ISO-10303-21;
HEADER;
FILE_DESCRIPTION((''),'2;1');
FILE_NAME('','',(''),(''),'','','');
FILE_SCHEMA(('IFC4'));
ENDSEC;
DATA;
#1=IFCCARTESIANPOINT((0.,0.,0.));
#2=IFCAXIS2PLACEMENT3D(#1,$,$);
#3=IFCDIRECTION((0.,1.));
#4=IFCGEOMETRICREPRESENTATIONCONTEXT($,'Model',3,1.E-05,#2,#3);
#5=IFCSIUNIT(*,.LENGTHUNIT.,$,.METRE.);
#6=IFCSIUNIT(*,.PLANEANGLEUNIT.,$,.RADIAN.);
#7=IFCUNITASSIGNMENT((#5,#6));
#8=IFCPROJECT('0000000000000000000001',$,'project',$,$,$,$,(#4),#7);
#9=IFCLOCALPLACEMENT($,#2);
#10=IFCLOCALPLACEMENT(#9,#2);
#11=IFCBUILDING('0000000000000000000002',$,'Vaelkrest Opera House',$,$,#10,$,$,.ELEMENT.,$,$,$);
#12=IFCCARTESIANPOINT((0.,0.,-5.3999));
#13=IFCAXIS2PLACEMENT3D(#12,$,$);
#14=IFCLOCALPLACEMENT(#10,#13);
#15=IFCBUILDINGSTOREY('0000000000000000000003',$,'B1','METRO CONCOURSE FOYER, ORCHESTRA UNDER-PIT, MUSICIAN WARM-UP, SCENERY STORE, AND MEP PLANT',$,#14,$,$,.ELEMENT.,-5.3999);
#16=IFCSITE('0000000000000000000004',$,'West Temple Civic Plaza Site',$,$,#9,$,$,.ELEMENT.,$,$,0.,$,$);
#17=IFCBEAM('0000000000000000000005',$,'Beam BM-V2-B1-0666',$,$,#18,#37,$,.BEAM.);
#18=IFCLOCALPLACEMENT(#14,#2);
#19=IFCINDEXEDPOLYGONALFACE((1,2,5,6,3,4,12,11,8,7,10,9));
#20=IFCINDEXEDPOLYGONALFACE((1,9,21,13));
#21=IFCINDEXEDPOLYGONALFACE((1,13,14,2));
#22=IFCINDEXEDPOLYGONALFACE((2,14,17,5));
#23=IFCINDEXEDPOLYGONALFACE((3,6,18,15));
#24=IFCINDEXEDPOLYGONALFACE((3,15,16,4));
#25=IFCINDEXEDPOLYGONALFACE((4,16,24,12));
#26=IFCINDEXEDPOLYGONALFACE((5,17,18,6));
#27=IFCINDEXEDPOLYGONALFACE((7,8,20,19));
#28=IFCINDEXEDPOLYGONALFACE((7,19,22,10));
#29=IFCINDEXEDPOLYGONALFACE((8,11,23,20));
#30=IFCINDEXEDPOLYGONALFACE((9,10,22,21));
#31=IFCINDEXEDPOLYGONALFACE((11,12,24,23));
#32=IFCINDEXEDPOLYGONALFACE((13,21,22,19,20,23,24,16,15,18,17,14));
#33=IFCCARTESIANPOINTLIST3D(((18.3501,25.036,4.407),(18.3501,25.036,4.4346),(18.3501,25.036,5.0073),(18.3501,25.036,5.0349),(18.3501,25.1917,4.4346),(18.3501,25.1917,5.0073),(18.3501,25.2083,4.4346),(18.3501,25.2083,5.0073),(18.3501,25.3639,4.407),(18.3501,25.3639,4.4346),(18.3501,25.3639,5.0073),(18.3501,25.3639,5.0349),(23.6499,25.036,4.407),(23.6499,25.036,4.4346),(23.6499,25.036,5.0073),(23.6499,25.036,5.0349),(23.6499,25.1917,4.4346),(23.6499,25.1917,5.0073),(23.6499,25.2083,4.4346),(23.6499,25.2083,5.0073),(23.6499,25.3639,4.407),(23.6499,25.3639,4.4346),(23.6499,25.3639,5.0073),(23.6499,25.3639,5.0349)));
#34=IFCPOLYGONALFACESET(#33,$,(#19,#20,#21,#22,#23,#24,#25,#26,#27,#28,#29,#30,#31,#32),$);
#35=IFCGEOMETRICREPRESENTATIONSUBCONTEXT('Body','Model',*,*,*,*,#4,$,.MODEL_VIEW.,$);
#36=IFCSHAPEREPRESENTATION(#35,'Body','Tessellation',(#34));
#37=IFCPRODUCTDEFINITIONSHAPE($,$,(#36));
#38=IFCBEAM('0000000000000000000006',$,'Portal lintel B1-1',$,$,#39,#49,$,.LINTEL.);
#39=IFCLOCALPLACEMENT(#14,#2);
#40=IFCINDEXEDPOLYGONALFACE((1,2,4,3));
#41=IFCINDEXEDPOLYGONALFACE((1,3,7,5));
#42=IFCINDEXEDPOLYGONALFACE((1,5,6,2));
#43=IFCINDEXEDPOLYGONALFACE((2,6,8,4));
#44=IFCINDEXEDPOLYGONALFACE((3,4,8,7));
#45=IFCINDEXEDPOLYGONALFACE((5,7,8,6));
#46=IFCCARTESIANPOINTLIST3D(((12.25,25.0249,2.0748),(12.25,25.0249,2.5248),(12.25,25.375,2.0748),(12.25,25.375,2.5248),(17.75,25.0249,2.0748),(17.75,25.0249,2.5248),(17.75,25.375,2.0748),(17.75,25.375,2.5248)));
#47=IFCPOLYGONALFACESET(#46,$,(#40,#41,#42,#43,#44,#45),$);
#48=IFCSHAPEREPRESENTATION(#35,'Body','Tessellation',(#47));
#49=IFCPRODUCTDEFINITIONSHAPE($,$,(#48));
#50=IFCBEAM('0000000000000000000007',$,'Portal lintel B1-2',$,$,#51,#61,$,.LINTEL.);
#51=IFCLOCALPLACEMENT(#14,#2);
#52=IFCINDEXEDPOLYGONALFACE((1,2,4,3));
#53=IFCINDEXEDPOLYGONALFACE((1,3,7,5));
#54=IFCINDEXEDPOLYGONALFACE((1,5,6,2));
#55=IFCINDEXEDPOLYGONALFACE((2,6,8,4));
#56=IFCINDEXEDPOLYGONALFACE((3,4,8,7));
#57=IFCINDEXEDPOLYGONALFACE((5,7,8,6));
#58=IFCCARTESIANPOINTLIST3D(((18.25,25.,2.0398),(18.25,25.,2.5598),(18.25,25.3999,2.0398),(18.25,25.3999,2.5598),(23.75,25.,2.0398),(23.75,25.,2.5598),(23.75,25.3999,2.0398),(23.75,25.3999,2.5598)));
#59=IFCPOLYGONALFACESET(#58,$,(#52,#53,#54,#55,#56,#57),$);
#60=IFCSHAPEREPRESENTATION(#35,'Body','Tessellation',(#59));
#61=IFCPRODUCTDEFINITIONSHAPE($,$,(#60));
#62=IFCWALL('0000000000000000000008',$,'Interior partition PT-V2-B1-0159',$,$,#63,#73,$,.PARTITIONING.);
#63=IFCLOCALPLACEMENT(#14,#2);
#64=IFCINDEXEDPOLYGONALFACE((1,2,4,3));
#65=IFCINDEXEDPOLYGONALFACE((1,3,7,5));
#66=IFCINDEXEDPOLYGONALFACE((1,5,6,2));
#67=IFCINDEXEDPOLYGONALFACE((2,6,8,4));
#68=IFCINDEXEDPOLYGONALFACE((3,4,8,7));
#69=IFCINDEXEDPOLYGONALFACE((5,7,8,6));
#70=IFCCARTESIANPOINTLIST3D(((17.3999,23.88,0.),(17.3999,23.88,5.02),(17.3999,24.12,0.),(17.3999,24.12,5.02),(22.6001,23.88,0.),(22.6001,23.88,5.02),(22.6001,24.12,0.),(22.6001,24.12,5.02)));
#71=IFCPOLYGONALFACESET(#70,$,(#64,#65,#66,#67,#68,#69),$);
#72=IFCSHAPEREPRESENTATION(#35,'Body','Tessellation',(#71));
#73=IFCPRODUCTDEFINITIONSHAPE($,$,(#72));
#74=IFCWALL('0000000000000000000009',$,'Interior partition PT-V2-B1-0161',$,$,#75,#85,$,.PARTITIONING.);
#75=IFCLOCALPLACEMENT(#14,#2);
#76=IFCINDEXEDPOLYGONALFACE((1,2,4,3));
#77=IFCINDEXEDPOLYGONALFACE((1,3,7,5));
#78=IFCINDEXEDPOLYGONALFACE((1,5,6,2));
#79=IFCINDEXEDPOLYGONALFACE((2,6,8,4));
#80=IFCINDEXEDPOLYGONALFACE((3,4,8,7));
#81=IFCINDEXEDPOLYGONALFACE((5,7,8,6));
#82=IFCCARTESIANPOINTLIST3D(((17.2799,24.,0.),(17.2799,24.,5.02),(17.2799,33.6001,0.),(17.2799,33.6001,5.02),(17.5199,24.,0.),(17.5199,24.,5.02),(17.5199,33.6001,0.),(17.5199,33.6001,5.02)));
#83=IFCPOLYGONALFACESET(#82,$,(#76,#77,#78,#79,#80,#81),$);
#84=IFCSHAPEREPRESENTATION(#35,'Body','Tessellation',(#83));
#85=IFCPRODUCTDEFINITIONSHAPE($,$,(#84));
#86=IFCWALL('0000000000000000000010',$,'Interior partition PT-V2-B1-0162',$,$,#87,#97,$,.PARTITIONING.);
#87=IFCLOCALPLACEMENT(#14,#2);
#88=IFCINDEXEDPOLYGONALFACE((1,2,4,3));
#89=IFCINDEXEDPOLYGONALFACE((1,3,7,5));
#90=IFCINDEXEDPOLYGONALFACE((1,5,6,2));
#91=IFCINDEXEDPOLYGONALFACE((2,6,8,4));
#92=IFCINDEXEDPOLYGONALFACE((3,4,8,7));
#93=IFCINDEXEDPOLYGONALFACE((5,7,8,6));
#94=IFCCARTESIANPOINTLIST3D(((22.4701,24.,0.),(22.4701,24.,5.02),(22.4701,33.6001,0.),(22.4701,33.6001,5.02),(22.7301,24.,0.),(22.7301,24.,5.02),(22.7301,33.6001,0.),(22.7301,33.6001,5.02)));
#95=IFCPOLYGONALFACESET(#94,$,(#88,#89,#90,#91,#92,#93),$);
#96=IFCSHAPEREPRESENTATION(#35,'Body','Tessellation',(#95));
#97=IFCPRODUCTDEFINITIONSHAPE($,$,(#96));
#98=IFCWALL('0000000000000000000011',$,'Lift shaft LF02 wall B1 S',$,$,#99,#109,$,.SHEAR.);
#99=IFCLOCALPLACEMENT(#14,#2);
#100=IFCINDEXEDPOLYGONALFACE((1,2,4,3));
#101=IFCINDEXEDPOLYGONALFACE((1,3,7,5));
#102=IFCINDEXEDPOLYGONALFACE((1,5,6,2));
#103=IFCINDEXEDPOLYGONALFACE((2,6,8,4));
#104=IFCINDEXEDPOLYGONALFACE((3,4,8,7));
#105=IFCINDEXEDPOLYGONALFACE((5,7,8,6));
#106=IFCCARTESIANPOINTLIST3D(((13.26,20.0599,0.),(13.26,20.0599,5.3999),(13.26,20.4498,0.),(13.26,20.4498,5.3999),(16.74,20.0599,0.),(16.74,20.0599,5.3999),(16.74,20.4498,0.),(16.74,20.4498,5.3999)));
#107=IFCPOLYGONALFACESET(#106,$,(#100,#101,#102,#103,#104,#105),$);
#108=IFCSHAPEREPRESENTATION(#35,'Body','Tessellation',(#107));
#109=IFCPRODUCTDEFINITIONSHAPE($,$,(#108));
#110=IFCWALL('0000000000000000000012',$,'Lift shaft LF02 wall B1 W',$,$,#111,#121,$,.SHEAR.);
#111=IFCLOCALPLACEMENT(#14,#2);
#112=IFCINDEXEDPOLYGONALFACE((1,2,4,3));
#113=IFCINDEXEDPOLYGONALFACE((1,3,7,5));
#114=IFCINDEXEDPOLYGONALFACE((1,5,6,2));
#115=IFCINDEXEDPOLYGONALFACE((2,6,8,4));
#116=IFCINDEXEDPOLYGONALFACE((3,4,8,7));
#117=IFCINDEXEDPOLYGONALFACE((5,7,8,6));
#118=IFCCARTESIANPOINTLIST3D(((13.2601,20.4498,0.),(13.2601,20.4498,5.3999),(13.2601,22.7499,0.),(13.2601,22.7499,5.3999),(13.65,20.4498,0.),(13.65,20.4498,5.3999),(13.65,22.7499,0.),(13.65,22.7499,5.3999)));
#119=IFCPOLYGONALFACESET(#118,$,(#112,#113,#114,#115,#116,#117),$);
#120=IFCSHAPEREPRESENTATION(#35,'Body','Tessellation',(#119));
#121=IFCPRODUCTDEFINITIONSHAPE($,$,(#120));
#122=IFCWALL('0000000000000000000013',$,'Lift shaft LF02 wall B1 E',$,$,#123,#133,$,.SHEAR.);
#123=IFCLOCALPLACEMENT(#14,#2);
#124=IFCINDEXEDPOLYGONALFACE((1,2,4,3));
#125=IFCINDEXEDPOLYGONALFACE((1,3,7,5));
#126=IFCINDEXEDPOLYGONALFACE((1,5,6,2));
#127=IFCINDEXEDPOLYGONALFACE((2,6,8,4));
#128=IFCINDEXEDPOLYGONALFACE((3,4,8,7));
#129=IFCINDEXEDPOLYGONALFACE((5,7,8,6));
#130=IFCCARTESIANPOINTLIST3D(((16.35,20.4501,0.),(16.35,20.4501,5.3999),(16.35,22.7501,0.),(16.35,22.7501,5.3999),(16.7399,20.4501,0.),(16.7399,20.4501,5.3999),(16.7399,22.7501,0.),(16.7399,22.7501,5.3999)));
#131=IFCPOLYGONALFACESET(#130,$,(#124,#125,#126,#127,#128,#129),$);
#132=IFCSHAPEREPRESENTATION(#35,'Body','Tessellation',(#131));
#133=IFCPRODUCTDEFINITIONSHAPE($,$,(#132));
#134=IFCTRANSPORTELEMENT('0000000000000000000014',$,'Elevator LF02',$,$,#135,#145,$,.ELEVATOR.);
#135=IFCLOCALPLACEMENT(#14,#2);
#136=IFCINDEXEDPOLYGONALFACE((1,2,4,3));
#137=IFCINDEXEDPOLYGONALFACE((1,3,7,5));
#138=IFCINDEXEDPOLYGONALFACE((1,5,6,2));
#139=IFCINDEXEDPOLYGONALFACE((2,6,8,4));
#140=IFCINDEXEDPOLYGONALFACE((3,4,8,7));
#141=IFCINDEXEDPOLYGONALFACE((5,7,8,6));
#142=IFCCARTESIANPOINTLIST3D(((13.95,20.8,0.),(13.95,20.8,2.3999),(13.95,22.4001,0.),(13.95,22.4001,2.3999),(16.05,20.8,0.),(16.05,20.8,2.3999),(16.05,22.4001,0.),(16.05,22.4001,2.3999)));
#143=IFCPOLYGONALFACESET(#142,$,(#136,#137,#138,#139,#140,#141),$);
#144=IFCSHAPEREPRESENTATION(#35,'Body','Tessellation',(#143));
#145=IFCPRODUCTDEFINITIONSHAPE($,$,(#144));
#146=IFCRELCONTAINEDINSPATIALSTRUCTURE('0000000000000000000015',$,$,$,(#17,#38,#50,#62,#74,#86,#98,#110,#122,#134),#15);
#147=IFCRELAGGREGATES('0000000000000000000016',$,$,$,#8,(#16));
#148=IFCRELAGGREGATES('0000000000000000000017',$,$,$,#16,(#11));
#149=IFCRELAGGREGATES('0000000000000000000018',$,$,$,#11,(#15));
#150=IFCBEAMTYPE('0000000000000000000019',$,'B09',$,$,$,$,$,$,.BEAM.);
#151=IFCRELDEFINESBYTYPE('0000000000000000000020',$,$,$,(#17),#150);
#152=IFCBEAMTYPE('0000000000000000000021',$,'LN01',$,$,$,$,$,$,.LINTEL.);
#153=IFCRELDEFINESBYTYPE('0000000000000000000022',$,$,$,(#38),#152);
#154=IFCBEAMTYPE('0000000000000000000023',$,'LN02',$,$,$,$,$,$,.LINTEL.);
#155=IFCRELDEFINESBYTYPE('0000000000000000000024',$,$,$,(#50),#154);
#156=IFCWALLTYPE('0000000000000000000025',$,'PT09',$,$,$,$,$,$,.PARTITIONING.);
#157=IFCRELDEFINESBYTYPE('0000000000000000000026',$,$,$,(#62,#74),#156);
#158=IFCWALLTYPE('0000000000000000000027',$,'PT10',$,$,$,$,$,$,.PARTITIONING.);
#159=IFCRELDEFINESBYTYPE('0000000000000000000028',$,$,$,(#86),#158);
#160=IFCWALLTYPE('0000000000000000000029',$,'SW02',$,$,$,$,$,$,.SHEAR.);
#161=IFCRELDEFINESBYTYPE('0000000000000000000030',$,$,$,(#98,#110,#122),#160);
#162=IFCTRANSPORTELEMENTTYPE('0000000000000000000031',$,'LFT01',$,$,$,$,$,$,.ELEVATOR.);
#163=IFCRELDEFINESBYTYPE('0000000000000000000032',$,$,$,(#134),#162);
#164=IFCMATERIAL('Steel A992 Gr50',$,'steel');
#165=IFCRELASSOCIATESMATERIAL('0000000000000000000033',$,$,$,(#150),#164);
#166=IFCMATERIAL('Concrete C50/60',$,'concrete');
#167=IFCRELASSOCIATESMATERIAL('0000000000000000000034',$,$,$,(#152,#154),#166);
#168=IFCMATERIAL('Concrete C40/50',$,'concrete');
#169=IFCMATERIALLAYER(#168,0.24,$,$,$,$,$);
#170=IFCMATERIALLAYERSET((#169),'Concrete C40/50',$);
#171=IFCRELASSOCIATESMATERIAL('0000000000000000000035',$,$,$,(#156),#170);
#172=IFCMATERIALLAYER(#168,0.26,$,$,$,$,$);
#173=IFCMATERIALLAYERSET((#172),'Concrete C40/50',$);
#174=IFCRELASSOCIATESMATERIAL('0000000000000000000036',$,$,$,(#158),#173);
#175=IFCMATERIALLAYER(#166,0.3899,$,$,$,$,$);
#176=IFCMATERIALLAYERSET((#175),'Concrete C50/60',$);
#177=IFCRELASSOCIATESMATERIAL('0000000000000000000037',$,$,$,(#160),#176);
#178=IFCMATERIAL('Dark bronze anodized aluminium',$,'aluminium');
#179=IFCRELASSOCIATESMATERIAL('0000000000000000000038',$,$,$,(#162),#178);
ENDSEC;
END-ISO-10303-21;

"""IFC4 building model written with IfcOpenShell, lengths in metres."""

from ifc_helpers import new_model, si_unit, direction, frame, frame_2d, origin, origin_2d, place, context, subcontext, project, spatial, rectangle, i_section, extrude, material, layer, layer_set, material_profile, profile_set, type_object, element, save


model = new_model("IFC4")

# Units and contexts
model_context = context("Model", 3, precision=1e-05, world=origin(), true_north=direction((0.0, 1.0)))
body_context = subcontext(model_context, "Body", "Model", "MODEL_VIEW")
ifc_project = project(units=[si_unit("LENGTHUNIT", "METRE"), si_unit("PLANEANGLEUNIT", "RADIAN")], contexts=[model_context])

# Site, building, storey
site_placement = place(None, origin())
site = spatial("IfcSite", under=ifc_project, at=site_placement, Name="West Temple Civic Plaza Site", CompositionType="ELEMENT", RefElevation=0.0)
building_placement = place(site_placement, origin())
building = spatial("IfcBuilding", under=site, at=building_placement, Name="Vaelkrest Opera House", CompositionType="ELEMENT")
storey_placement = place(building_placement, frame((0.0, 0.0, -5.3999)))
storey = spatial("IfcBuildingStorey", under=building, at=storey_placement, Name="B1", Description="METRO CONCOURSE FOYER, ORCHESTRA UNDER-PIT, MUSICIAN WARM-UP, SCENERY STORE, AND MEP PLANT", CompositionType="ELEMENT", Elevation=-5.3999)

# Shared definitions
ifc_material_1 = material(Name="Concrete C40/50", Category="concrete")

# Shared definitions
ifc_material_2 = material(Name="Concrete C50/60", Category="concrete")

# Beams
ifc_material_3 = material(Name="Steel A992 Gr50", Category="steel")
ifc_material_profile_1 = material_profile(ifc_material_3, i_section(OverallWidth=0.3279, OverallDepth=0.6279, WebThickness=0.0166, FlangeThickness=0.0276, at=origin_2d()), Name="W24X146")
ifc_profile_set_1 = profile_set([ifc_material_profile_1], Name="Steel A992 Gr50")
beam_type_1 = type_object("IfcBeamType", Name="B09", PredefinedType="BEAM", material=ifc_profile_set_1)
beam_1_placement = place(storey_placement, frame((18.3501, 25.2, 4.7209), z_axis=(1.0, 0.0, 0.0), x_axis=(0.0, 1.0, 0.0)))
element("IfcBeam", 1, at=beam_1_placement, inside=storey, type_object=beam_type_1, Name="Beam BM-V2-B1-0666", PredefinedType="BEAM", context=body_context, shape_type="SweptSolid", body=[
    extrude(i_section(OverallWidth=0.3279, OverallDepth=0.6279, WebThickness=0.0166, FlangeThickness=0.0276, at=origin_2d()), origin(), (0.0, 0.0, 1.0), 5.2998),
])
ifc_material_profile_2 = material_profile(ifc_material_2, rectangle(XDim=0.3501, YDim=0.45, at=origin_2d()), Name="RCB350X450")
ifc_profile_set_2 = profile_set([ifc_material_profile_2], Name="Concrete C50/60")
beam_type_2 = type_object("IfcBeamType", Name="LN01", PredefinedType="LINTEL", material=ifc_profile_set_2)
beam_2_placement = place(storey_placement, frame((12.25, 25.2, 2.2998), z_axis=(1.0, 0.0, 0.0), x_axis=(0.0, 1.0, 0.0)))
element("IfcBeam", 2, at=beam_2_placement, inside=storey, type_object=beam_type_2, Name="Portal lintel B1-1", PredefinedType="LINTEL", context=body_context, shape_type="SweptSolid", body=[
    extrude(rectangle(XDim=0.3501, YDim=0.45, at=origin_2d()), origin(), (0.0, 0.0, 1.0), 5.5),
])
ifc_material_profile_3 = material_profile(ifc_material_2, rectangle(XDim=0.3999, YDim=0.52, at=origin_2d()), Name="RCB400X520")
ifc_profile_set_3 = profile_set([ifc_material_profile_3], Name="Concrete C50/60")
beam_type_3 = type_object("IfcBeamType", Name="LN02", PredefinedType="LINTEL", material=ifc_profile_set_3)
beam_3_placement = place(storey_placement, frame((18.25, 25.2, 2.2998), z_axis=(1.0, 0.0, 0.0), x_axis=(0.0, 1.0, 0.0)))
element("IfcBeam", 3, at=beam_3_placement, inside=storey, type_object=beam_type_3, Name="Portal lintel B1-2", PredefinedType="LINTEL", context=body_context, shape_type="SweptSolid", body=[
    extrude(rectangle(XDim=0.3999, YDim=0.52, at=origin_2d()), origin(), (0.0, 0.0, 1.0), 5.5),
])

# Walls
ifc_layer_1 = layer(ifc_material_1, 0.24)
ifc_layer_set_1 = layer_set([ifc_layer_1], Name="Concrete C40/50")
wall_type_1 = type_object("IfcWallType", Name="PT09", PredefinedType="PARTITIONING", material=ifc_layer_set_1)
wall_1_placement = place(storey_placement, frame((17.3999, 24.0, 0.0), z_axis=(0.0, 0.0, 1.0), x_axis=(1.0, 0.0, 0.0)))
element("IfcWall", 4, at=wall_1_placement, inside=storey, type_object=wall_type_1, Name="Interior partition PT-V2-B1-0159", PredefinedType="PARTITIONING", context=body_context, shape_type="SweptSolid", body=[
    extrude(rectangle(XDim=5.2002, YDim=0.24, at=frame_2d((2.6001, 0.0))), origin(), (0.0, 0.0, 1.0), 5.02),
])
wall_2_placement = place(storey_placement, frame((17.3999, 24.0, 0.0), z_axis=(0.0, 0.0, 1.0), x_axis=(0.0, 1.0, 0.0)))
element("IfcWall", 5, at=wall_2_placement, inside=storey, type_object=wall_type_1, Name="Interior partition PT-V2-B1-0161", PredefinedType="PARTITIONING", context=body_context, shape_type="SweptSolid", body=[
    extrude(rectangle(XDim=9.6001, YDim=0.24, at=frame_2d((4.8, 0.0))), origin(), (0.0, 0.0, 1.0), 5.02),
])
ifc_layer_2 = layer(ifc_material_1, 0.26)
ifc_layer_set_2 = layer_set([ifc_layer_2], Name="Concrete C40/50")
wall_type_2 = type_object("IfcWallType", Name="PT10", PredefinedType="PARTITIONING", material=ifc_layer_set_2)
wall_3_placement = place(storey_placement, frame((22.6001, 24.0, 0.0), z_axis=(0.0, 0.0, 1.0), x_axis=(0.0, 1.0, 0.0)))
element("IfcWall", 6, at=wall_3_placement, inside=storey, type_object=wall_type_2, Name="Interior partition PT-V2-B1-0162", PredefinedType="PARTITIONING", context=body_context, shape_type="SweptSolid", body=[
    extrude(rectangle(XDim=9.6001, YDim=0.26, at=frame_2d((4.8, 0.0))), origin(), (0.0, 0.0, 1.0), 5.02),
])
ifc_layer_3 = layer(ifc_material_2, 0.3899)
ifc_layer_set_3 = layer_set([ifc_layer_3], Name="Concrete C50/60")
wall_type_3 = type_object("IfcWallType", Name="SW02", PredefinedType="SHEAR", material=ifc_layer_set_3)
wall_4_placement = place(storey_placement, frame((16.74, 20.2549, 0.0), z_axis=(0.0, 0.0, 1.0), x_axis=(-1.0, 0.0, 0.0)))
element("IfcWall", 7, at=wall_4_placement, inside=storey, type_object=wall_type_3, Name="Lift shaft LF02 wall B1 S", PredefinedType="SHEAR", context=body_context, shape_type="SweptSolid", body=[
    extrude(rectangle(XDim=3.48, YDim=0.3899, at=frame_2d((1.74, 0.0))), origin(), (0.0, 0.0, 1.0), 5.3999),
])

# Shared definitions
ifc_material_4 = material(Name="Dark bronze anodized aluminium", Category="aluminium")

# Walls
for number, where, z_axis, x_axis, name in (
    (8, (13.4551, 20.45, 0.0), (0.0, 0.0, 1.0), (0.0, 1.0, 0.0), "Lift shaft LF02 wall B1 W"),
    (9, (16.5449, 22.75, 0.0), (0.0, 0.0, 1.0), (0.0, -1.0, 0.0), "Lift shaft LF02 wall B1 E"),
):
    element("IfcWall", number, at=place(storey_placement, frame(where, z_axis=z_axis, x_axis=x_axis)), inside=storey, type_object=wall_type_3, Name=name, PredefinedType="SHEAR", context=body_context, shape_type="SweptSolid", body=[
        extrude(rectangle(XDim=2.3, YDim=0.3899, at=frame_2d((1.1499, 0.0))), origin(), (0.0, 0.0, 1.0), 5.3999),
    ])

# Transport element
transport_element_type = type_object("IfcTransportElementType", Name="LFT01", PredefinedType="ELEVATOR", material=ifc_material_4)
transport_element_placement = place(storey_placement, frame((15.0, 21.6001, 0.0), z_axis=(0.0, 0.0, 1.0), x_axis=(1.0, 0.0, 0.0)))
element("IfcTransportElement", 10, at=transport_element_placement, inside=storey, type_object=transport_element_type, Name="Elevator LF02", PredefinedType="ELEVATOR", context=body_context, shape_type="SweptSolid", body=[
    extrude(rectangle(XDim=2.1001, YDim=1.6001, at=origin_2d()), origin(), (0.0, 0.0, 1.0), 2.3999),
])

save(model, "model.ifc")
